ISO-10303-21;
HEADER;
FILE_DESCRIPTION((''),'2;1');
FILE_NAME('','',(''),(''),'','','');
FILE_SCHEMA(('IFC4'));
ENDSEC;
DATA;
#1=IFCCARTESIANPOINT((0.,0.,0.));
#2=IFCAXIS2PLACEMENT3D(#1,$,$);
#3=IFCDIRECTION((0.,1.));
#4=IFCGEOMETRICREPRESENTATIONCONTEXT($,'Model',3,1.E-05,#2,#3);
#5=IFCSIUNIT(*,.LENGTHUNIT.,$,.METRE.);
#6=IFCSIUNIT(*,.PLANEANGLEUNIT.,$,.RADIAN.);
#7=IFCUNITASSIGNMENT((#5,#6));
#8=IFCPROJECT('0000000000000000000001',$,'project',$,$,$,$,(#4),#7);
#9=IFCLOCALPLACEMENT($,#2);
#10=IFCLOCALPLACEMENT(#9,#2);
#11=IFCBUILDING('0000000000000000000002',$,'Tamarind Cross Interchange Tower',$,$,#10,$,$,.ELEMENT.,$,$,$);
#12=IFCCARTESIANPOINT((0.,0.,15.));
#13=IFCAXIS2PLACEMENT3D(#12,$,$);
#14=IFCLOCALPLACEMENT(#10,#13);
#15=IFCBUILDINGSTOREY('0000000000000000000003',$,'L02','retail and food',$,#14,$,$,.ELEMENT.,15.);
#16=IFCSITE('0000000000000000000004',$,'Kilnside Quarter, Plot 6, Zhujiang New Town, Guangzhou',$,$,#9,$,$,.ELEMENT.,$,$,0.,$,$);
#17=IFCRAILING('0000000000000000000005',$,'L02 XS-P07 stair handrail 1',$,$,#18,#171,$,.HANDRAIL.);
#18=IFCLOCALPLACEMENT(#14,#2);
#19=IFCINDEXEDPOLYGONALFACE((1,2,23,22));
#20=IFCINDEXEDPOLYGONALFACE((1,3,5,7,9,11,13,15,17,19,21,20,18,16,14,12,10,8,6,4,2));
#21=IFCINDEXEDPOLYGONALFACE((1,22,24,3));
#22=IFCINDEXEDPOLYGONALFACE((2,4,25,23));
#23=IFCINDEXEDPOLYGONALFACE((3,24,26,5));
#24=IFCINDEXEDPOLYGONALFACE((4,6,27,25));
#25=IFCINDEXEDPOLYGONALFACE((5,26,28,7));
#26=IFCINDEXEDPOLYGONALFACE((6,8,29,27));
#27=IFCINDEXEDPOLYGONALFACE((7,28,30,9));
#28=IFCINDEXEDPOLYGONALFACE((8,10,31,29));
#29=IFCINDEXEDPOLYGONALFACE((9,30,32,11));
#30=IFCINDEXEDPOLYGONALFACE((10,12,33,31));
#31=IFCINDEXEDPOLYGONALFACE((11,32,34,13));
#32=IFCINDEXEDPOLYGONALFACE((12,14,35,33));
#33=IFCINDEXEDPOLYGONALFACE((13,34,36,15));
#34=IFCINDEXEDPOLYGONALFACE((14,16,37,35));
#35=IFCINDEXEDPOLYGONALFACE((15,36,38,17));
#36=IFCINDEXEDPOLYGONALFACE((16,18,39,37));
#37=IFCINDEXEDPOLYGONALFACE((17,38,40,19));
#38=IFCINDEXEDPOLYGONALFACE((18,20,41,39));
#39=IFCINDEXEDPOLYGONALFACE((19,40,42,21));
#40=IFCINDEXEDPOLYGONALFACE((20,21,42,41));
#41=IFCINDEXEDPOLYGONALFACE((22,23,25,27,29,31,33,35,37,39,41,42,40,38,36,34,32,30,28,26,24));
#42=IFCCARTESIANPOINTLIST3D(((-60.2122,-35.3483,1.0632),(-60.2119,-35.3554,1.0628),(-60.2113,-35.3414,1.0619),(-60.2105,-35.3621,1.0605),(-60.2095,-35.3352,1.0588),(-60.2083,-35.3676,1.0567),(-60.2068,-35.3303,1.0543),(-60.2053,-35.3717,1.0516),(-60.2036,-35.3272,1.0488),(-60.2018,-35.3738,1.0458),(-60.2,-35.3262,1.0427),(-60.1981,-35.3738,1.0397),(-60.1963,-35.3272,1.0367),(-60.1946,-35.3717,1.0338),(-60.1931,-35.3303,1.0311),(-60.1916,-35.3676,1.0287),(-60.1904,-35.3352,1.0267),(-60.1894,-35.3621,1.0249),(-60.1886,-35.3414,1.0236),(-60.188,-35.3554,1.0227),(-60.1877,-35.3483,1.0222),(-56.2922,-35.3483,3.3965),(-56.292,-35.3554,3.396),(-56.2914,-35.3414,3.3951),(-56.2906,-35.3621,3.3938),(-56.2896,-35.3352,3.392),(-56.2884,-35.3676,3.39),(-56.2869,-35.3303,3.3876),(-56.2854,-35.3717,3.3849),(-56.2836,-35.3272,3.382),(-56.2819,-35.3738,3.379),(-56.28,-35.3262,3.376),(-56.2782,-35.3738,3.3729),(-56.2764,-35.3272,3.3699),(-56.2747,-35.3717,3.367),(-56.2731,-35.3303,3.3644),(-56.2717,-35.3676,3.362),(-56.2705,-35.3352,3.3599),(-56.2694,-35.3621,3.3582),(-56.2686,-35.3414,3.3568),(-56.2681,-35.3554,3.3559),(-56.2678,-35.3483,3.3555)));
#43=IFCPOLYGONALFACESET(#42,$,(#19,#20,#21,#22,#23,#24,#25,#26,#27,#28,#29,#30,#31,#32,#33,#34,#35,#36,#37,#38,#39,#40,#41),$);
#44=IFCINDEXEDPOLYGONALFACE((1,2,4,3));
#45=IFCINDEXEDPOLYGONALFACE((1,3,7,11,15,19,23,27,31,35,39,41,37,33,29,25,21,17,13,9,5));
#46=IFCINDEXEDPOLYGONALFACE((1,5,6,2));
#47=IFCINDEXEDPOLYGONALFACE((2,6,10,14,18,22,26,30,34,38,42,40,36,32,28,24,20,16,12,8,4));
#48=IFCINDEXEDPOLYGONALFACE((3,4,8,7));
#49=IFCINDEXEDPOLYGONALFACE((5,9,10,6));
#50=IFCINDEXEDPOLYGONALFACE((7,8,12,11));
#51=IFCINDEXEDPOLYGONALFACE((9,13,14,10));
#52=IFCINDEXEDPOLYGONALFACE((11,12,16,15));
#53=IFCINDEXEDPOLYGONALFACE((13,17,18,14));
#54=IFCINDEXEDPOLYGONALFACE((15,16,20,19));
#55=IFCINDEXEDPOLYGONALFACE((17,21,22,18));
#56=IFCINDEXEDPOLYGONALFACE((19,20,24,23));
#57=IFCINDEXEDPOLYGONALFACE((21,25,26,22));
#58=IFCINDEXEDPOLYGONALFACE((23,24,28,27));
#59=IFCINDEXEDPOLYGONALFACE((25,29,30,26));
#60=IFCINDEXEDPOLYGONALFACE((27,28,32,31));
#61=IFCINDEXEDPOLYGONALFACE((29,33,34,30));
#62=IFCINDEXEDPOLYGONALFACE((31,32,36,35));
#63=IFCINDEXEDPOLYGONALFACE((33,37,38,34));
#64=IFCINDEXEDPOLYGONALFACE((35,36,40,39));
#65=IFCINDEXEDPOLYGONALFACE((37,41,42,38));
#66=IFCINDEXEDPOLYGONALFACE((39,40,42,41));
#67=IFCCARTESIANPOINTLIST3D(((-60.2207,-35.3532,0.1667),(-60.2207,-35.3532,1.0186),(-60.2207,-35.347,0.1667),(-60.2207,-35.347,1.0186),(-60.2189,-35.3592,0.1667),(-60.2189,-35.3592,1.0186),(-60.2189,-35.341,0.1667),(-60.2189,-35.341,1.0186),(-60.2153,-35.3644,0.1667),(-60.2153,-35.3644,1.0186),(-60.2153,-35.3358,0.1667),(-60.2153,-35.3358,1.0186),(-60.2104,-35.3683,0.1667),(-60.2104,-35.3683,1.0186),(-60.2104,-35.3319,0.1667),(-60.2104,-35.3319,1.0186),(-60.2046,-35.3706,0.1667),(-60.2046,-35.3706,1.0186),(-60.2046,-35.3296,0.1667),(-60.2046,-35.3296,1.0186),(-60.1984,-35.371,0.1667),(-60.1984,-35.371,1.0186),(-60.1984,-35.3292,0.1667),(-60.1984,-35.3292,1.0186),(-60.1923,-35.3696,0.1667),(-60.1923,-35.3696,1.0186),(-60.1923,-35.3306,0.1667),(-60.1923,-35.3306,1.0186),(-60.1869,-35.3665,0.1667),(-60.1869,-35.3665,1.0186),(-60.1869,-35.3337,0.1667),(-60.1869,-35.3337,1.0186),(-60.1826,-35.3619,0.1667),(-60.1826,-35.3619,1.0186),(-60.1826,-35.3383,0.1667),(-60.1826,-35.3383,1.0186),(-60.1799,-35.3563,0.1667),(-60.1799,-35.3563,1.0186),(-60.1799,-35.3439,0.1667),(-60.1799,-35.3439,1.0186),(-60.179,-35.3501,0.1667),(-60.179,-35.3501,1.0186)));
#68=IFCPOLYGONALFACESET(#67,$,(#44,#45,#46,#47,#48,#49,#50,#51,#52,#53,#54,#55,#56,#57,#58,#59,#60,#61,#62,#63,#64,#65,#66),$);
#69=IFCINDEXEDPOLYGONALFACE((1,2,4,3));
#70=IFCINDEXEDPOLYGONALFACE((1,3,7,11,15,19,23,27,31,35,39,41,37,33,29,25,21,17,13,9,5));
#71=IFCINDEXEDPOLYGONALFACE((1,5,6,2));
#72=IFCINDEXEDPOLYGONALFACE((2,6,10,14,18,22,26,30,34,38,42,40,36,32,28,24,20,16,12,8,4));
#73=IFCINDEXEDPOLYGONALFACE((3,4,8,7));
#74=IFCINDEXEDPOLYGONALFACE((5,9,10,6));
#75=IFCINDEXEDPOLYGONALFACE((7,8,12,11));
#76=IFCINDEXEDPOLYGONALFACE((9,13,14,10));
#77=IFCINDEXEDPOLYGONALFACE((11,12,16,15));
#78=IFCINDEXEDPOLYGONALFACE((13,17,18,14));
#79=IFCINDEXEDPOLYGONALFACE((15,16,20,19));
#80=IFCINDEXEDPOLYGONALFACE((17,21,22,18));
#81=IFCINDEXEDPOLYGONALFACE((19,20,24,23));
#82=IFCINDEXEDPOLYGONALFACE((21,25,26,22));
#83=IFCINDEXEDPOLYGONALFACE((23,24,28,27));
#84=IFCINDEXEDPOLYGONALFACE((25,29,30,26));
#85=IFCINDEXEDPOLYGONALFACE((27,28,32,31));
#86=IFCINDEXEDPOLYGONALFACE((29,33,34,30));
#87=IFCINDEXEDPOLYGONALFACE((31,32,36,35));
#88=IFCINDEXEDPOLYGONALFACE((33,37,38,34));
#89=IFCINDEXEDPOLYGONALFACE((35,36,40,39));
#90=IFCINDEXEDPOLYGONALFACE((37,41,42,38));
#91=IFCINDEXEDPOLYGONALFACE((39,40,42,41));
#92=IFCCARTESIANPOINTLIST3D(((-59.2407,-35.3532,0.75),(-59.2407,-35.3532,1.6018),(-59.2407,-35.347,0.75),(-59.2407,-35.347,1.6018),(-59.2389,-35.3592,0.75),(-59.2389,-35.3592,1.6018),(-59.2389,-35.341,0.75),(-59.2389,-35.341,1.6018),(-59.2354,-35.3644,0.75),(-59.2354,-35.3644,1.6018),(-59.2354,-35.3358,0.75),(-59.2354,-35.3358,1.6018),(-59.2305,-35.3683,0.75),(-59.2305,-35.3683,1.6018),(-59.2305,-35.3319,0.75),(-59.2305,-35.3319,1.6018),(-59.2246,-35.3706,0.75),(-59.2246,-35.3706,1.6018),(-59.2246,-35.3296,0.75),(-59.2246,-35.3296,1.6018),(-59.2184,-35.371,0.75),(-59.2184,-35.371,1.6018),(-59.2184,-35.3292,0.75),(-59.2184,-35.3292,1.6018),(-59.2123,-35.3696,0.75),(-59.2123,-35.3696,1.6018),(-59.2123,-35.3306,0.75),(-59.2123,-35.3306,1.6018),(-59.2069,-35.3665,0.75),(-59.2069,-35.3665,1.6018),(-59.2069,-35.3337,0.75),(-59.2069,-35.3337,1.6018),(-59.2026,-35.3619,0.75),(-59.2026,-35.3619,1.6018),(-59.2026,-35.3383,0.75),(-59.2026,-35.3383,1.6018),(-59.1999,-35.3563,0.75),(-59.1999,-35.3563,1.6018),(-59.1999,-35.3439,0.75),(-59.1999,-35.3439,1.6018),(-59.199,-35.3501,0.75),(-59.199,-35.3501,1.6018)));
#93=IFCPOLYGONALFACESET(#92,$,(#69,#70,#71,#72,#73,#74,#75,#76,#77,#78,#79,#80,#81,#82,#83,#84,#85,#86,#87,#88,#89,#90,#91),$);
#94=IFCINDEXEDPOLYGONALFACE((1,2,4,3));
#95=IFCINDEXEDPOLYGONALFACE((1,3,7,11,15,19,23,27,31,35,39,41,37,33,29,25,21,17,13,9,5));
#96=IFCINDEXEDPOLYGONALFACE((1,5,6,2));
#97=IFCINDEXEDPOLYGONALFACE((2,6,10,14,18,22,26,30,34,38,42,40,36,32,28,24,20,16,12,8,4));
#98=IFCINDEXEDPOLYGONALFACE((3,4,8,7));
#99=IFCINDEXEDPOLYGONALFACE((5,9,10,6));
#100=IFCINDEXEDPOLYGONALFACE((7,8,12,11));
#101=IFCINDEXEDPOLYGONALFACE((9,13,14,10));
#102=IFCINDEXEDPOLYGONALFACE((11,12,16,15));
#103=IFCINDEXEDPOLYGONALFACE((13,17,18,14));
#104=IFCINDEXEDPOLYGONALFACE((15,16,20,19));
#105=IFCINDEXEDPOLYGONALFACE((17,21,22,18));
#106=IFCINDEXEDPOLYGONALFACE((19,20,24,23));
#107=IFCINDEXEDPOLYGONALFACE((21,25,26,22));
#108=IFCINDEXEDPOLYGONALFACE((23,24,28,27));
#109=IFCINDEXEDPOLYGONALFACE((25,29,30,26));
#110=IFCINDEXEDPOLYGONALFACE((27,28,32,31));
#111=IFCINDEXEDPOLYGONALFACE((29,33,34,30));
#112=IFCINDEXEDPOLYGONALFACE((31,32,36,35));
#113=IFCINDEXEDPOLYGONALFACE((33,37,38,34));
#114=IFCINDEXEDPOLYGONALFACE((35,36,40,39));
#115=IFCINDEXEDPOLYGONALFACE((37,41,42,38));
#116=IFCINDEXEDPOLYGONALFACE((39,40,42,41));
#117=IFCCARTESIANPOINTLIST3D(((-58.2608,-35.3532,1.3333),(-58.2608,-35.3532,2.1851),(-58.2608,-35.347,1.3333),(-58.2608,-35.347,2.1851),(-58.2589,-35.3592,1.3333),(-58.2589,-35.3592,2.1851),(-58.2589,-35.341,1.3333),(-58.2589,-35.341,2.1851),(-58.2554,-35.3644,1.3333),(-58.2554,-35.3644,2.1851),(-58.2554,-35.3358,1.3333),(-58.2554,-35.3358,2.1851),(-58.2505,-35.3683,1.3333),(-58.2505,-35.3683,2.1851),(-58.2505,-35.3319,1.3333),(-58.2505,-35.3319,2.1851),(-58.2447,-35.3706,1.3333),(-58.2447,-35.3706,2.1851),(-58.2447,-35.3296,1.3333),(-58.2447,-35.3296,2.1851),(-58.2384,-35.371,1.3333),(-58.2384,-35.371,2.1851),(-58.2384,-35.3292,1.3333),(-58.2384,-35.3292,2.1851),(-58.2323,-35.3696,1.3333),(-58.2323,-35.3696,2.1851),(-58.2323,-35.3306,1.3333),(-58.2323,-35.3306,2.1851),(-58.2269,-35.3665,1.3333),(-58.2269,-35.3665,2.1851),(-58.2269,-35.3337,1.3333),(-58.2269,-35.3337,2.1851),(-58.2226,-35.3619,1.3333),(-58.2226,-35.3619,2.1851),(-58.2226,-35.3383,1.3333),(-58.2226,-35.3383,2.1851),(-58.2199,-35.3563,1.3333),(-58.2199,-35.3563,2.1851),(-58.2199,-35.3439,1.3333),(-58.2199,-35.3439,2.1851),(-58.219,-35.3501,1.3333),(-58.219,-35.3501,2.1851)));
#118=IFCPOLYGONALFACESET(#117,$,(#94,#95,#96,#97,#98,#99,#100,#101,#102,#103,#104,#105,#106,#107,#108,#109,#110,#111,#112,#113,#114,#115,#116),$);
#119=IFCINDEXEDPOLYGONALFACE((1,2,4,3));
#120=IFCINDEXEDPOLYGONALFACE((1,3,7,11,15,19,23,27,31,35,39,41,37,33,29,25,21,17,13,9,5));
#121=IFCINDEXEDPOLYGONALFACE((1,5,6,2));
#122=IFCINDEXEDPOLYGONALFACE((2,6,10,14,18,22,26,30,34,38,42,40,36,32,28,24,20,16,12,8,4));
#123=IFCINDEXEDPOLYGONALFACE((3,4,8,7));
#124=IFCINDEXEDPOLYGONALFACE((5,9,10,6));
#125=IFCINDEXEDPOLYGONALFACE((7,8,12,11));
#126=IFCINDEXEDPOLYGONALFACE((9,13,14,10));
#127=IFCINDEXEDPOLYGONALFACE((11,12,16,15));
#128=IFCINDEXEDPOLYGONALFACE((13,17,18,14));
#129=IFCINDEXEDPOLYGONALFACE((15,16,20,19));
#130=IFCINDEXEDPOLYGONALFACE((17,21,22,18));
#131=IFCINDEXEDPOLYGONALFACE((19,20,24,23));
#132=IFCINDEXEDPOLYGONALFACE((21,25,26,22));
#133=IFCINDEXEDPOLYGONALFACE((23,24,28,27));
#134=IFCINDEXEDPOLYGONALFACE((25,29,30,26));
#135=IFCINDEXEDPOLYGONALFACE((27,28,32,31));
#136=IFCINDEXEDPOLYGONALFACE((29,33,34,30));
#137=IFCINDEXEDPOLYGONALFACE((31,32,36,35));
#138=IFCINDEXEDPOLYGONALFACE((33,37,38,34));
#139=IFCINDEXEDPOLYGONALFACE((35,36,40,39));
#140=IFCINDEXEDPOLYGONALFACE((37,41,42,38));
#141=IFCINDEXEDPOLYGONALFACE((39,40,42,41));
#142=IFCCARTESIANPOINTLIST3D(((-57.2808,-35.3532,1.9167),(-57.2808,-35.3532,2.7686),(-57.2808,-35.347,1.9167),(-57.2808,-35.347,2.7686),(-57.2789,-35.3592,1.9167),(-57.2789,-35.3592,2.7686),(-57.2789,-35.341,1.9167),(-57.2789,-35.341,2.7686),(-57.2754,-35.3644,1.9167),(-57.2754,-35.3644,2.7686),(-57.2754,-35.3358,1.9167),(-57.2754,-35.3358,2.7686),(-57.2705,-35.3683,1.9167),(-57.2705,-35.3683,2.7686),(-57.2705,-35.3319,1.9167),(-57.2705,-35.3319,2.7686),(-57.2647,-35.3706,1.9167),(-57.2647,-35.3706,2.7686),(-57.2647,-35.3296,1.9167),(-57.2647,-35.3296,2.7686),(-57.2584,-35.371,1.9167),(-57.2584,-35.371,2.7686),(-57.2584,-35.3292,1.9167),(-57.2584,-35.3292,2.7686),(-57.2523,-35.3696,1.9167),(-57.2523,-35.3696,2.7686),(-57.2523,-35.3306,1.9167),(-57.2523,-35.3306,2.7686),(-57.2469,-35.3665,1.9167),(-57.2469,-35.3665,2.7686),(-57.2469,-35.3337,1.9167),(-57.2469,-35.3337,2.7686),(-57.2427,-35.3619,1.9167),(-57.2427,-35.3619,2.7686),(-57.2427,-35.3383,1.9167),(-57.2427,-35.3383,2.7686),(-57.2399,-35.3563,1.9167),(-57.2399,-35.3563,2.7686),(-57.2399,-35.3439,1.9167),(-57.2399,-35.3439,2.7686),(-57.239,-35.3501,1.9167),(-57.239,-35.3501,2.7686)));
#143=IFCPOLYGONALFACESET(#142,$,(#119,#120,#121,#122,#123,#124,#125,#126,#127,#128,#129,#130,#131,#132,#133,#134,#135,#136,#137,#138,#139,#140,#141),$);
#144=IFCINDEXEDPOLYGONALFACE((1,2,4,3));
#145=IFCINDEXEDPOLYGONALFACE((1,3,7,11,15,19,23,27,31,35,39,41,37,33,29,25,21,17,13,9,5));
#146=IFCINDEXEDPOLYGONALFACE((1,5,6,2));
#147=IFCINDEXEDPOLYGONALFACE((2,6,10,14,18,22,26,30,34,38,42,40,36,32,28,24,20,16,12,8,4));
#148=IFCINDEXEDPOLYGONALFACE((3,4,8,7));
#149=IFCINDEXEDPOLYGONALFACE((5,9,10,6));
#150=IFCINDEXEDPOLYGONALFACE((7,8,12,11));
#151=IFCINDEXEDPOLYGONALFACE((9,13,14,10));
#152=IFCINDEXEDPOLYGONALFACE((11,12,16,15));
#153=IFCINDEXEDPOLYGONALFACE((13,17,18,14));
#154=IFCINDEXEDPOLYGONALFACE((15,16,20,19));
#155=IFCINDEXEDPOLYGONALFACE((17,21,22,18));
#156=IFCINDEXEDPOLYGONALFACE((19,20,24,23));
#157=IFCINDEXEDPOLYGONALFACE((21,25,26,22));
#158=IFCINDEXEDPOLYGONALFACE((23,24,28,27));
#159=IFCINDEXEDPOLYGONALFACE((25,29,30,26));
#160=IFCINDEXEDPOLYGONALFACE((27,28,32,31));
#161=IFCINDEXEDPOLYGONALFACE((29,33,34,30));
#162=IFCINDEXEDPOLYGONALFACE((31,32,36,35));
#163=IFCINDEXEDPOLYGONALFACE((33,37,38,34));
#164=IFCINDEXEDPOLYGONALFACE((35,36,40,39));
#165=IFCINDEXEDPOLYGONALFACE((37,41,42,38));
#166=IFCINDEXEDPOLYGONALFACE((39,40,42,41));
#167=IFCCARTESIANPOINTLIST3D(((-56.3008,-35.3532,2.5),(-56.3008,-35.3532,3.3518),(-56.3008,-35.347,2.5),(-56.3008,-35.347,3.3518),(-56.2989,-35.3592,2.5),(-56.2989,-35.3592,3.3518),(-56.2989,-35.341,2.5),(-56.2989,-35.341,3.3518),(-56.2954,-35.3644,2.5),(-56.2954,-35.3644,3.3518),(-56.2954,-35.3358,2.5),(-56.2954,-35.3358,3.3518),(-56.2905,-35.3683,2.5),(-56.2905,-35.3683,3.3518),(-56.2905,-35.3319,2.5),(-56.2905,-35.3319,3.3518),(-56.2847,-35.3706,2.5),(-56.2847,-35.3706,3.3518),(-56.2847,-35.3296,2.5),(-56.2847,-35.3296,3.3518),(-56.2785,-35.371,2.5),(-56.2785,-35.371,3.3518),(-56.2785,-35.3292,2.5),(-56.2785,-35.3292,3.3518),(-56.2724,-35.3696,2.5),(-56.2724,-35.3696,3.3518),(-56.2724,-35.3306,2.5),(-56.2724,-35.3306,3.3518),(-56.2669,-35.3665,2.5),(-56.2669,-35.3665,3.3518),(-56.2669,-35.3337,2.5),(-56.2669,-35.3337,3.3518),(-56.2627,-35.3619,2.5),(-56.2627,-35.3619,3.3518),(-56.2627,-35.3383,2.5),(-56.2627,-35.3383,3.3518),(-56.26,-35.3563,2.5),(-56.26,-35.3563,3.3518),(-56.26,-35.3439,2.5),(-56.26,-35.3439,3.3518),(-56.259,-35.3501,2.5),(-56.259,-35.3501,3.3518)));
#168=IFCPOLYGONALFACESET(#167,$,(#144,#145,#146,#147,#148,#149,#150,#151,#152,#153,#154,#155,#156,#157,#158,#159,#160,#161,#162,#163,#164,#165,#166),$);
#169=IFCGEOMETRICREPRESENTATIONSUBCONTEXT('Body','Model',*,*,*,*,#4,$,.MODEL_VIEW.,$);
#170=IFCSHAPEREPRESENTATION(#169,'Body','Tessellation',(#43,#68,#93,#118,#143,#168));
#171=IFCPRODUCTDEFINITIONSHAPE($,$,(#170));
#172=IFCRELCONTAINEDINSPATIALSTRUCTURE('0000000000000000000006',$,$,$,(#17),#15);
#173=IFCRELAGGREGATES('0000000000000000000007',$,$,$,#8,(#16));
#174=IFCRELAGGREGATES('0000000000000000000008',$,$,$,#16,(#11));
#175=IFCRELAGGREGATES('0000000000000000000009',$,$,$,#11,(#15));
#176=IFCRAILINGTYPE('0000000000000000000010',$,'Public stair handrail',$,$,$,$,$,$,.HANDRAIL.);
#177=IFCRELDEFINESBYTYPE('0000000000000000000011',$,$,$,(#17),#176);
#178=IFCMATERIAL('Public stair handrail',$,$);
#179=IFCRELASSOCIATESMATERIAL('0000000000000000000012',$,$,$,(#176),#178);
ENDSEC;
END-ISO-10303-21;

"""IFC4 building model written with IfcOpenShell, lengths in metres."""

from ifc_helpers import new_model, si_unit, direction, frame, origin, origin_2d, place, context, subcontext, project, spatial, circle, extrude, material, type_object, element, save


model = new_model("IFC4")

# Units and contexts
model_context = context("Model", 3, precision=1e-05, world=origin(), true_north=direction((0.0, 1.0)))
body_context = subcontext(model_context, "Body", "Model", "MODEL_VIEW")
ifc_project = project(units=[si_unit("LENGTHUNIT", "METRE"), si_unit("PLANEANGLEUNIT", "RADIAN")], contexts=[model_context])

# Site, building, storey
site_placement = place(None, origin())
site = spatial("IfcSite", under=ifc_project, at=site_placement, Name="Kilnside Quarter, Plot 6, Zhujiang New Town, Guangzhou", CompositionType="ELEMENT", RefElevation=0.0)
building_placement = place(site_placement, origin())
building = spatial("IfcBuilding", under=site, at=building_placement, Name="Tamarind Cross Interchange Tower", CompositionType="ELEMENT")
storey_placement = place(building_placement, frame((0.0, 0.0, 15.0)))
storey = spatial("IfcBuildingStorey", under=building, at=storey_placement, Name="L02", Description="retail and food", CompositionType="ELEMENT", Elevation=15.0)

# Railing
ifc_material_1 = material(Name="Public stair handrail")
railing_type_1 = type_object("IfcRailingType", Name="Public stair handrail", PredefinedType="HANDRAIL", material=ifc_material_1)
railing_1_placement = place(storey_placement, frame((-60.2, -35.3501, 0.1667)))
element("IfcRailing", 1, at=railing_1_placement, inside=storey, type_object=railing_type_1, Name="L02 XS-P07 stair handrail 1", PredefinedType="HANDRAIL", context=body_context, shape_type="SweptSolid", body=[
    extrude(circle(Radius=0.0239, at=origin_2d()), frame((0.0, 0.0, 0.876), z_axis=(0.859296, 0.0, 0.511478), x_axis=(0.0, 1.0, 0.0)), (0.0, 0.0, 1.0), 4.5618),
    extrude(circle(Radius=0.021, at=origin_2d()), origin(), (0.0, 0.0, 1.0), 0.8518),
    extrude(circle(Radius=0.021, at=origin_2d()), frame((0.98, 0.0, 0.5833)), (0.0, 0.0, 1.0), 0.8518),
    extrude(circle(Radius=0.021, at=origin_2d()), frame((1.96, 0.0, 1.1665)), (0.0, 0.0, 1.0), 0.8518),
    extrude(circle(Radius=0.021, at=origin_2d()), frame((2.9399, 0.0, 1.75)), (0.0, 0.0, 1.0), 0.8518),
    extrude(circle(Radius=0.021, at=origin_2d()), frame((3.9199, 0.0, 2.3333)), (0.0, 0.0, 1.0), 0.8518),
])

save(model, "model.ifc")
